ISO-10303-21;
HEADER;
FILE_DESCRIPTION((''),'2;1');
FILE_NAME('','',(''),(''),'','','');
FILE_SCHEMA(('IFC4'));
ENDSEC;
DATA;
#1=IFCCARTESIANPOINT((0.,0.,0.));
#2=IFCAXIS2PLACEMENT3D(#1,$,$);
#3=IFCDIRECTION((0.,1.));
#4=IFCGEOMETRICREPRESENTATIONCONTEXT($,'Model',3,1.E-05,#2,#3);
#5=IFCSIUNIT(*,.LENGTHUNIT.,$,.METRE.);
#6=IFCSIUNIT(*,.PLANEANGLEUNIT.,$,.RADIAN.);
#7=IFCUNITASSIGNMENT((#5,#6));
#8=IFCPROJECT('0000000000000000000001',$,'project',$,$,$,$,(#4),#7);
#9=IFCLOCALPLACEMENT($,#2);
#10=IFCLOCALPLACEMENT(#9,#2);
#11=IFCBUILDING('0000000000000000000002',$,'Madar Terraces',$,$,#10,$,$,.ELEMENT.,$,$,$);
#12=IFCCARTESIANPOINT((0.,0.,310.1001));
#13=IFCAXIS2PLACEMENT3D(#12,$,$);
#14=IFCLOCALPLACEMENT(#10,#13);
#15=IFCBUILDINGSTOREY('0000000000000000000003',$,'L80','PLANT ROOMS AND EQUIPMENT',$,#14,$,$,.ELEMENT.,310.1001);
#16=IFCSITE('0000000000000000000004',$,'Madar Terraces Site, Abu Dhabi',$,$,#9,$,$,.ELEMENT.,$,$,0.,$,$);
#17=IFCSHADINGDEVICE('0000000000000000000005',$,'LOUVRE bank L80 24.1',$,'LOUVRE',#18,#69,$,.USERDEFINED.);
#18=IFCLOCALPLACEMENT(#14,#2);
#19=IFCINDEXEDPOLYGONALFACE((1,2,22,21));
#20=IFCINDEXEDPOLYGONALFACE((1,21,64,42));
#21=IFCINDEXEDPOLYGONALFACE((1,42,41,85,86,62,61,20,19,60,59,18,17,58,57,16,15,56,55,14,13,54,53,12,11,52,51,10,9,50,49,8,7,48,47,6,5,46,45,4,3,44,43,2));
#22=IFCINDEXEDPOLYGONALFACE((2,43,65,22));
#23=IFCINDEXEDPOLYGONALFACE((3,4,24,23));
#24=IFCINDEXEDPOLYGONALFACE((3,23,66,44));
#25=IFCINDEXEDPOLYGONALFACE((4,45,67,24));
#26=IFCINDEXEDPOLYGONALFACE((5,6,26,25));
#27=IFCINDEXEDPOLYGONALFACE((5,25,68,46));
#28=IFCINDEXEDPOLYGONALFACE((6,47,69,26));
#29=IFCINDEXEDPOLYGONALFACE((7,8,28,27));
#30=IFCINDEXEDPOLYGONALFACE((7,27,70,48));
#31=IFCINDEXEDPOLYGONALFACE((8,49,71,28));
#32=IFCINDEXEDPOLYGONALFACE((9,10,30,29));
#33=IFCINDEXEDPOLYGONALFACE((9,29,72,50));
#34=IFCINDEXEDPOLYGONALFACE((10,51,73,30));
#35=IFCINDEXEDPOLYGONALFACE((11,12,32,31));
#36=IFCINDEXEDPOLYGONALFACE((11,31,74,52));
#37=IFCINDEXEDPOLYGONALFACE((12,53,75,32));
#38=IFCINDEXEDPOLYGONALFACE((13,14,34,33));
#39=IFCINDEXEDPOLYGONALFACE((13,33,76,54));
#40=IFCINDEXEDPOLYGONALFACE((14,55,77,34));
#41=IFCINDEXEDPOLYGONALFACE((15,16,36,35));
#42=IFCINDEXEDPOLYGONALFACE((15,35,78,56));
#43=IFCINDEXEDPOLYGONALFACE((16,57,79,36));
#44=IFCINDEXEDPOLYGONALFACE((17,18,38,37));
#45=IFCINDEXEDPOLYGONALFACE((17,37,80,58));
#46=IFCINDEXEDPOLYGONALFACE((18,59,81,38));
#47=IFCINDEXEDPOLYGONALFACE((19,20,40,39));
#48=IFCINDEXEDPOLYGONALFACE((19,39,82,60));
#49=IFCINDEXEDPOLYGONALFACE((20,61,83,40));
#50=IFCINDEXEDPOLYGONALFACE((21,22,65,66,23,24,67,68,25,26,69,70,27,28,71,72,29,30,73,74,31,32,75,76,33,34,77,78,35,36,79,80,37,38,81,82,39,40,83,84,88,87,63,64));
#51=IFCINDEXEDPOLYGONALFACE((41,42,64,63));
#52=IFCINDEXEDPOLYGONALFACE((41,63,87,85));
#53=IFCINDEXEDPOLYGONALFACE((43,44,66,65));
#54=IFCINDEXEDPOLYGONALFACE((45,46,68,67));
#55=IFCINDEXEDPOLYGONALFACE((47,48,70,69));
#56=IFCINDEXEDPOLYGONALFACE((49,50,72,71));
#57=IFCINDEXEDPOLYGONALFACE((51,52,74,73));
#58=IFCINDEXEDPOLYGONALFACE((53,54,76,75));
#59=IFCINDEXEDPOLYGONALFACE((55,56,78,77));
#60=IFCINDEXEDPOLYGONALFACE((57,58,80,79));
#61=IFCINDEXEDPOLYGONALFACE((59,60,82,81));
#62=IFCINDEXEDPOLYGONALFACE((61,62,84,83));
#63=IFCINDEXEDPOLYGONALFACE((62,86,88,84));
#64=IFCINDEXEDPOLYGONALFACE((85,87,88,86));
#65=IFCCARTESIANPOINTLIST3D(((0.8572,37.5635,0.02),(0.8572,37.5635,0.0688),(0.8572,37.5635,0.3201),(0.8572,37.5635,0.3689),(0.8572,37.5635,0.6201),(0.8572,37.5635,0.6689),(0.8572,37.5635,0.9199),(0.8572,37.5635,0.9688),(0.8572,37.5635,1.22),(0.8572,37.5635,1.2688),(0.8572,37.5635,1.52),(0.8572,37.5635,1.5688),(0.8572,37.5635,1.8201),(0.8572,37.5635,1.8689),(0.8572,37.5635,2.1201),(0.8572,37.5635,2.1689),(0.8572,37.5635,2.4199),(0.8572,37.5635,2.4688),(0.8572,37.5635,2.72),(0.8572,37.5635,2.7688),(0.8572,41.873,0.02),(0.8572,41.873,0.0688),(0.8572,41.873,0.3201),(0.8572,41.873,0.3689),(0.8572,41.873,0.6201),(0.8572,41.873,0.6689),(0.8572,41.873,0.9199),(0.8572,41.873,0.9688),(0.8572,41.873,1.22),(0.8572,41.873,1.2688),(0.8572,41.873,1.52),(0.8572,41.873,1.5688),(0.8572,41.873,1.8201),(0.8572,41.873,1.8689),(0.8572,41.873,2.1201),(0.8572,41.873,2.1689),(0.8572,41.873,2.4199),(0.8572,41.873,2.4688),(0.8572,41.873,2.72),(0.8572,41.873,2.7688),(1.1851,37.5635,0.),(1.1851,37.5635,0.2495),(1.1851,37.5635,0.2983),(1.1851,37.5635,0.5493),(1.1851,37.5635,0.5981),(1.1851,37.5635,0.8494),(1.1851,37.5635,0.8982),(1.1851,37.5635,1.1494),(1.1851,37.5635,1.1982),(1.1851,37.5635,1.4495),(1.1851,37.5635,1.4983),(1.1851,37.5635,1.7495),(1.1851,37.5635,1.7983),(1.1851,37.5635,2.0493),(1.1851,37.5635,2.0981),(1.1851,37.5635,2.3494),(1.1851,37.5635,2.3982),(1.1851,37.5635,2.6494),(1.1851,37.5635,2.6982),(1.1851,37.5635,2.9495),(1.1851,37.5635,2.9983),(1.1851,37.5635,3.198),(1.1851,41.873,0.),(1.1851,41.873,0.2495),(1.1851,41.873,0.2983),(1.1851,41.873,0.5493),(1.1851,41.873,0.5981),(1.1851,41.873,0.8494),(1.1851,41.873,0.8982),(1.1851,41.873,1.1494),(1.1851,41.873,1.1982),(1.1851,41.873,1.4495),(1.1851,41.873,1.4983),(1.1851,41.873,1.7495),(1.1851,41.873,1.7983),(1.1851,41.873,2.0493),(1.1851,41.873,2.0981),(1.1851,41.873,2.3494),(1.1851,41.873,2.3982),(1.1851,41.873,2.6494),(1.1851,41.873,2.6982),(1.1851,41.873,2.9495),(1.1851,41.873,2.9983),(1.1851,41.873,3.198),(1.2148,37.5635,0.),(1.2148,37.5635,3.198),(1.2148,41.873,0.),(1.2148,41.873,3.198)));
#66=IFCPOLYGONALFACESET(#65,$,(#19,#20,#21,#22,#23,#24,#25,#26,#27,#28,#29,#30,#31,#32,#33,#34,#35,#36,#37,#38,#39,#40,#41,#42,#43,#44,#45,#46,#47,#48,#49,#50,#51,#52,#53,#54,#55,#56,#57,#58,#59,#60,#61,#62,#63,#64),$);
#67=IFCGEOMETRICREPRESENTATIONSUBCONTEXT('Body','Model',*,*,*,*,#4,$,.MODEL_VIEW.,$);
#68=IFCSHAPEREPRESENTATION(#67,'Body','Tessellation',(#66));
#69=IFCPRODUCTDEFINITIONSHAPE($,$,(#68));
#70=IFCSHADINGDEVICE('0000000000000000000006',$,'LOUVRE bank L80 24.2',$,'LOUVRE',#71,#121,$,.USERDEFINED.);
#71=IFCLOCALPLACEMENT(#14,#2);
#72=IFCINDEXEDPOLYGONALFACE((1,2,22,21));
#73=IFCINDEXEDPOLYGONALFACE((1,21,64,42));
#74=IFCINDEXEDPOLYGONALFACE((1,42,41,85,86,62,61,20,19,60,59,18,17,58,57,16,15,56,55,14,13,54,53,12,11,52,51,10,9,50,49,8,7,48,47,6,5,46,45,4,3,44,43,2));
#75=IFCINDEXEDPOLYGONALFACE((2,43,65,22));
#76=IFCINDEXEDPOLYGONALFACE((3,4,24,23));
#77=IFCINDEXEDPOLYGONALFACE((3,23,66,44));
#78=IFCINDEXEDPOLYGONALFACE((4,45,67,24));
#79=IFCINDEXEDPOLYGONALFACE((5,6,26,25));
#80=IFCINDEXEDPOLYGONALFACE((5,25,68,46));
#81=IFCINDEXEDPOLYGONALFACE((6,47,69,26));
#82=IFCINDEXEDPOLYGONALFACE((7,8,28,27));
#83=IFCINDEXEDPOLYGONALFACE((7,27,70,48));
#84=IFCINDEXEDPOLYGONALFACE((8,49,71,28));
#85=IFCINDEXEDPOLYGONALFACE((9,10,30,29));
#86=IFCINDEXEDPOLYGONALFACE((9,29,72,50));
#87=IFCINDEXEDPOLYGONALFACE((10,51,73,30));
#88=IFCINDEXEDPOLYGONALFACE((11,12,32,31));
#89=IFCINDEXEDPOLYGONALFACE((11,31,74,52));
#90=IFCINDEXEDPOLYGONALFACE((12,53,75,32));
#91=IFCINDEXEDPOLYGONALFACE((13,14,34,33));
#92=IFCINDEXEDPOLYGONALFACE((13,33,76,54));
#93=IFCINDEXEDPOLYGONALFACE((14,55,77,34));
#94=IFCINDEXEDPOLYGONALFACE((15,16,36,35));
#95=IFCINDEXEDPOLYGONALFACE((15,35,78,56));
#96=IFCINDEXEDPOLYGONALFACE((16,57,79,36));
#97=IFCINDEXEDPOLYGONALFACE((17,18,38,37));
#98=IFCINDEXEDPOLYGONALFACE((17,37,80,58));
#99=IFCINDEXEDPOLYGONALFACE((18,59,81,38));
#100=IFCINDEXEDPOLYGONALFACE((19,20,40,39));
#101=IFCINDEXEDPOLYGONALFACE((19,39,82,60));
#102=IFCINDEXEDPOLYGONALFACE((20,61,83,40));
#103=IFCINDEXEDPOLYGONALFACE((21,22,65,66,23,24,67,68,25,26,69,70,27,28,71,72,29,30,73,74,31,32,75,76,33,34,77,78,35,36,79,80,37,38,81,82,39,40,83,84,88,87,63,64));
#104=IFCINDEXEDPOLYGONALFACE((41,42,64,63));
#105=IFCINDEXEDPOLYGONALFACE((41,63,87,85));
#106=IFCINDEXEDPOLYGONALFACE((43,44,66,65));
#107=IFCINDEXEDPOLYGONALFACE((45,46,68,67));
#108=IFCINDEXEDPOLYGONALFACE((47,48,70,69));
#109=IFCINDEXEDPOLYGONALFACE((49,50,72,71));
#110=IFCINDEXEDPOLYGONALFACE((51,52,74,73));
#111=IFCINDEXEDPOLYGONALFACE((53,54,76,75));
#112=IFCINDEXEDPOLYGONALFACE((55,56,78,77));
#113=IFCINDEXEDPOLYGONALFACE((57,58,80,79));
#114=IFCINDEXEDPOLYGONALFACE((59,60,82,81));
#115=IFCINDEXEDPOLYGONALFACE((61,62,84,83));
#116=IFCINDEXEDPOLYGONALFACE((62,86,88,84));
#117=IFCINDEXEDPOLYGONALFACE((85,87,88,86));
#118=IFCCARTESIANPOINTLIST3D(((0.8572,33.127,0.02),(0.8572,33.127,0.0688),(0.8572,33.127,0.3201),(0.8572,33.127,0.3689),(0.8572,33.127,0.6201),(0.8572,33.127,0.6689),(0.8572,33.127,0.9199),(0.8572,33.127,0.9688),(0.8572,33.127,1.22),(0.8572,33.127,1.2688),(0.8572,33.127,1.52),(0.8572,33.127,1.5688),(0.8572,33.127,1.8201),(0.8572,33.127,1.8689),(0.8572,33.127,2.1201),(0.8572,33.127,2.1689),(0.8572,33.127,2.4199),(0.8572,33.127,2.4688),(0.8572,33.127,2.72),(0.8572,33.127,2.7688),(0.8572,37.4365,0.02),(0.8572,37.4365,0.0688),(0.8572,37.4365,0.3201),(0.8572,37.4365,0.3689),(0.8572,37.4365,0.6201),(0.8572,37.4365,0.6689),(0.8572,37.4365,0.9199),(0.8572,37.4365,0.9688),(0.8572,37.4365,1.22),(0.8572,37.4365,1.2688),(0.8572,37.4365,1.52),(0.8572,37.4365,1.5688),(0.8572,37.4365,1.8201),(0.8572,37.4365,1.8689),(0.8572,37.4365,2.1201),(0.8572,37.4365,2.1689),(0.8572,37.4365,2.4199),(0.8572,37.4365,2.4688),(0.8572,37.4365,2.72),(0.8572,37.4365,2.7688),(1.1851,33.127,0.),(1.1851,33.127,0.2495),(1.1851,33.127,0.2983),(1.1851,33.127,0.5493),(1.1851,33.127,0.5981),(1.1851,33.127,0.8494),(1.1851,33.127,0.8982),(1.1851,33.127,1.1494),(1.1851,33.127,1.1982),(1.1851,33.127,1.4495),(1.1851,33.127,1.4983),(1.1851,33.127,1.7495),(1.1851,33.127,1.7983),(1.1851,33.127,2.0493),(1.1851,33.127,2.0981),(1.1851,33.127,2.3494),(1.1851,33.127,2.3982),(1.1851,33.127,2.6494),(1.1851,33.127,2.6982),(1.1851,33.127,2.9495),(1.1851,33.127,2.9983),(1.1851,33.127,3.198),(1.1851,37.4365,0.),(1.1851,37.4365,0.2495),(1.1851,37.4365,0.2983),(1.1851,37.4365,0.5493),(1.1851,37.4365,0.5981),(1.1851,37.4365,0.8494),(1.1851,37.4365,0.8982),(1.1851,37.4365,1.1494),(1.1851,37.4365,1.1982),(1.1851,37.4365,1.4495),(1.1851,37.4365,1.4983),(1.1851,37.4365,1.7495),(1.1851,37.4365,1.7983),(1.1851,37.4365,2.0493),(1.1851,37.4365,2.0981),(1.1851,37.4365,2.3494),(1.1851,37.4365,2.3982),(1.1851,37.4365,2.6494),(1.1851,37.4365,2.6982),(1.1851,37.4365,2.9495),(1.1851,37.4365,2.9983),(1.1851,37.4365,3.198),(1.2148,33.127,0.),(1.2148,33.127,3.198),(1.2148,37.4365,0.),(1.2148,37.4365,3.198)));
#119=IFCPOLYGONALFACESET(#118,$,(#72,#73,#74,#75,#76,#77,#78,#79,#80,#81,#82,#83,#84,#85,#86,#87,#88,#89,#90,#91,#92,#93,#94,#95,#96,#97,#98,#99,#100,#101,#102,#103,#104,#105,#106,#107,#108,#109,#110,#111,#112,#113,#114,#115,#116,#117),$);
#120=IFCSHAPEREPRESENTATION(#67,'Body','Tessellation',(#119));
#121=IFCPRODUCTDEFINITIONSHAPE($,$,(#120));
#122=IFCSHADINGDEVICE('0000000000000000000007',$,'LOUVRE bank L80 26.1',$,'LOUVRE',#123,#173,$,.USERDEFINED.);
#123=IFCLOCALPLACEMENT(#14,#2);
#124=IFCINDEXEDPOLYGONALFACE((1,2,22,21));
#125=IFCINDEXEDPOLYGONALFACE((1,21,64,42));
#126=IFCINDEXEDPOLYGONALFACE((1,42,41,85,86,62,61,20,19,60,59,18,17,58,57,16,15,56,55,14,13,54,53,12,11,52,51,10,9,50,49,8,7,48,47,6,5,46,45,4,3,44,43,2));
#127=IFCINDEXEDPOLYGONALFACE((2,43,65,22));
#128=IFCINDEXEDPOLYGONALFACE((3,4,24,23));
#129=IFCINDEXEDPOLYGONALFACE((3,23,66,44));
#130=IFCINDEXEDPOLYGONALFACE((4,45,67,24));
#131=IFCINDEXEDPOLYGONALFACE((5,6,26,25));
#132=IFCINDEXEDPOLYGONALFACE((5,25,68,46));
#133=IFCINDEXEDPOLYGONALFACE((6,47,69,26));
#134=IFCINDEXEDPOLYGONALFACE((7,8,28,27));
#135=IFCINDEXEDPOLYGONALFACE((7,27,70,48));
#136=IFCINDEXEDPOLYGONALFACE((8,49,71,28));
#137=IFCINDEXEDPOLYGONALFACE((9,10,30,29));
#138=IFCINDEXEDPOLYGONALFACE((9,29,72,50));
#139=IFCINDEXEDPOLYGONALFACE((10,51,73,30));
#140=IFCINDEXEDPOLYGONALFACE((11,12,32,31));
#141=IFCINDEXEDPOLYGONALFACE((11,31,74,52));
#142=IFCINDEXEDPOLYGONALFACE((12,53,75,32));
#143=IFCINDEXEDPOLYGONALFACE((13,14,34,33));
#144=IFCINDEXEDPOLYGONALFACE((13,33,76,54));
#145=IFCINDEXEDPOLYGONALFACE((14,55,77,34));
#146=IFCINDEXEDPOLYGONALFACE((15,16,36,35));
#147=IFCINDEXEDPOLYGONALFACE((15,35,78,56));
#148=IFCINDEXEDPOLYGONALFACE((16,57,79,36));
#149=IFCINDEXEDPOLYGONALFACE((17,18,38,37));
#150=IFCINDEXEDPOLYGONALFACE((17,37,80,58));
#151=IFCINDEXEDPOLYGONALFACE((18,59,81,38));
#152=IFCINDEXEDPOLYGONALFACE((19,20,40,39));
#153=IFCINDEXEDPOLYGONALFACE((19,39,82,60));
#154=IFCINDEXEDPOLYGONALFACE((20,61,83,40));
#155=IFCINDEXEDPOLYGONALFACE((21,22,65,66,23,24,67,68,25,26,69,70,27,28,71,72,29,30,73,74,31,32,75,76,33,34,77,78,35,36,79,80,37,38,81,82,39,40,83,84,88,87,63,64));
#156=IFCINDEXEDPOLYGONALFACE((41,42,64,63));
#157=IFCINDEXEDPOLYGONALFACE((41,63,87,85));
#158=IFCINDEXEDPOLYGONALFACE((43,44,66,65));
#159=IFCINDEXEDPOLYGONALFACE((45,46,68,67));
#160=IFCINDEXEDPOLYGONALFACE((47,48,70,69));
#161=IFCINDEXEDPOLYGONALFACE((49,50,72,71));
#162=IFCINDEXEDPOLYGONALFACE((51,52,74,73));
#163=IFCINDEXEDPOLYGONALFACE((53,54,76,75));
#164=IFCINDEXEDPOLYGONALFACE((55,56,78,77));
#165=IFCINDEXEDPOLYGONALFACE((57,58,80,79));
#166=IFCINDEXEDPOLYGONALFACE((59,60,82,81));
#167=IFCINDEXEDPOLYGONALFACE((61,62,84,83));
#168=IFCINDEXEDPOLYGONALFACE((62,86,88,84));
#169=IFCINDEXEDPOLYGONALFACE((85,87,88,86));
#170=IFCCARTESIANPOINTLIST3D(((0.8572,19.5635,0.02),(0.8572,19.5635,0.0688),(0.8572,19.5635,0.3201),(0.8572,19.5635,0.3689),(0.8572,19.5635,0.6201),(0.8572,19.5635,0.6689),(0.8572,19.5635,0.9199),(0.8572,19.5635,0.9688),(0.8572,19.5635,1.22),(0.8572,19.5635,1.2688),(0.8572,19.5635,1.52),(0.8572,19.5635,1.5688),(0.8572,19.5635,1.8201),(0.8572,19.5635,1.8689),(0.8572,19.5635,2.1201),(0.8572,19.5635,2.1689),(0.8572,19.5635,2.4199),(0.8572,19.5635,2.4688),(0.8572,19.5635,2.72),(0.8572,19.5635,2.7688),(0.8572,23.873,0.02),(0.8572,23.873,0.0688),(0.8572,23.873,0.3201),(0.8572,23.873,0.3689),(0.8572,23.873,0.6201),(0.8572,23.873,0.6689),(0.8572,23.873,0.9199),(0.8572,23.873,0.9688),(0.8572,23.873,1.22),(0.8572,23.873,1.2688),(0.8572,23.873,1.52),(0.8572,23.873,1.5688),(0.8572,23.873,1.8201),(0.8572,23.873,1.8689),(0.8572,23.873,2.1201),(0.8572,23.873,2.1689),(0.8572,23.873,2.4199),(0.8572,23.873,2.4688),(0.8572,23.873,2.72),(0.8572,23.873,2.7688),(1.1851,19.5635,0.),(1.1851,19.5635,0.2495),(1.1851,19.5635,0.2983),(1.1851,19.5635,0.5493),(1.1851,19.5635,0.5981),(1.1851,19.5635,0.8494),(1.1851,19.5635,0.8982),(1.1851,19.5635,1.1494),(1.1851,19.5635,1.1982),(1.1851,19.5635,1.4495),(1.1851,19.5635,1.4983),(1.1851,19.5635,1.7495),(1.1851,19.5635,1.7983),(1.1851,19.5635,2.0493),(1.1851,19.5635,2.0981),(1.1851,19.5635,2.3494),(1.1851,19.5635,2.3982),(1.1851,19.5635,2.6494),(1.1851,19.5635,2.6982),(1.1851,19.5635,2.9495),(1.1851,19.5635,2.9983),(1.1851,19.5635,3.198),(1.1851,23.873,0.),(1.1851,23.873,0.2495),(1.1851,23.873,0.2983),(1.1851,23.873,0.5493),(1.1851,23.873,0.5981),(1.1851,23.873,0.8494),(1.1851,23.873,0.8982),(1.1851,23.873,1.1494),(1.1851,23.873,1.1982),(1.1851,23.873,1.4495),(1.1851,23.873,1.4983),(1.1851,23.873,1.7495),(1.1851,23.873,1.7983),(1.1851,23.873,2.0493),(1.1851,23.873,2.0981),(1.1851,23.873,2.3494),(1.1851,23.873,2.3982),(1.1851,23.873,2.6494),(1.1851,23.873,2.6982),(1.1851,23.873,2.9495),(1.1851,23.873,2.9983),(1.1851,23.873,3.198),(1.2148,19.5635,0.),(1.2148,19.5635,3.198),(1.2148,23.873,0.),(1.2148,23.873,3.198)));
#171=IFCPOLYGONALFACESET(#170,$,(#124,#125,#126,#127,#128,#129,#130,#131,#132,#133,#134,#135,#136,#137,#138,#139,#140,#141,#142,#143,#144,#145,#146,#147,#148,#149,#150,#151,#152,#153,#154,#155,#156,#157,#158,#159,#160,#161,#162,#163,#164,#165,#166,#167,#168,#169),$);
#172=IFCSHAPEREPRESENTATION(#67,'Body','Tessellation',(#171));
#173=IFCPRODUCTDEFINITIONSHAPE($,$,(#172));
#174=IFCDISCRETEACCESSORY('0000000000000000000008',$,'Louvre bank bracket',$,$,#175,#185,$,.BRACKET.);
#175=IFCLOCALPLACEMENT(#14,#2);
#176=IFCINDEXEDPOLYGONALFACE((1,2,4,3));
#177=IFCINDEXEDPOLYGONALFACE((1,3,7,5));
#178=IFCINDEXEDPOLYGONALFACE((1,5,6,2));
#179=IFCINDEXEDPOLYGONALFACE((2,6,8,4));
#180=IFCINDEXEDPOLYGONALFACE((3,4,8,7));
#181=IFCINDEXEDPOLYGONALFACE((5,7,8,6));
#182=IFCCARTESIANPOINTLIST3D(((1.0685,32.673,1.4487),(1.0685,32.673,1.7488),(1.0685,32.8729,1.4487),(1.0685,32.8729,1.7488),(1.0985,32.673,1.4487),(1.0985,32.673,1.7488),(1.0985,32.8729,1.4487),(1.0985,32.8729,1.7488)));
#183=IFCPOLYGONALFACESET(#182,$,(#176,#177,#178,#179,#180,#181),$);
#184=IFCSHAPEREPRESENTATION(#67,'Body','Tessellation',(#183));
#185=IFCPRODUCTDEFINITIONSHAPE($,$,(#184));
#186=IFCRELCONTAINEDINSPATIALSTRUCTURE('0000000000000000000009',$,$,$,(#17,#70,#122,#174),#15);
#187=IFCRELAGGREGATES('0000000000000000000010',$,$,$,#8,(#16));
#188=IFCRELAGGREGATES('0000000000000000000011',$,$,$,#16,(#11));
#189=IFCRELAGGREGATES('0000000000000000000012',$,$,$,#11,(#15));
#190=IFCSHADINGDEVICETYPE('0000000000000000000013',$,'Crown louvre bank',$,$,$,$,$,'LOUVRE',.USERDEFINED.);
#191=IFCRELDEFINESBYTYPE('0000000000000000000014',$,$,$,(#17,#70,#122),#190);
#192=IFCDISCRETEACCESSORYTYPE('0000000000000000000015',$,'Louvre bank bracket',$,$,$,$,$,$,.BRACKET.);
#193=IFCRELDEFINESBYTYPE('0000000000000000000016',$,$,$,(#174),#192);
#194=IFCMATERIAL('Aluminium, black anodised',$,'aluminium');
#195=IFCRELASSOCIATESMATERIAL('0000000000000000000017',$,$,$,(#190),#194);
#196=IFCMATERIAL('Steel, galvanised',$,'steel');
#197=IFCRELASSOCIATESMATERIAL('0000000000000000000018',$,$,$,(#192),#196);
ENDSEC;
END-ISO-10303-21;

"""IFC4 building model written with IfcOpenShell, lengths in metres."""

from ifc_helpers import new_model, si_unit, direction, frame, origin, origin_2d, place, context, subcontext, project, spatial, polyline, rectangle, outline, extrude, material, type_object, element, save


model = new_model("IFC4")

# Units and contexts
model_context = context("Model", 3, precision=1e-05, world=origin(), true_north=direction((0.0, 1.0)))
body_context = subcontext(model_context, "Body", "Model", "MODEL_VIEW")
ifc_project = project(units=[si_unit("LENGTHUNIT", "METRE"), si_unit("PLANEANGLEUNIT", "RADIAN")], contexts=[model_context])

# Site, building, storey
site_placement = place(None, origin())
site = spatial("IfcSite", under=ifc_project, at=site_placement, Name="Madar Terraces Site, Abu Dhabi", CompositionType="ELEMENT", RefElevation=0.0)
building_placement = place(site_placement, origin())
building = spatial("IfcBuilding", under=site, at=building_placement, Name="Madar Terraces", CompositionType="ELEMENT")
storey_placement = place(building_placement, frame((0.0, 0.0, 310.1001)))
storey = spatial("IfcBuildingStorey", under=building, at=storey_placement, Name="L80", Description="PLANT ROOMS AND EQUIPMENT", CompositionType="ELEMENT", Elevation=310.1001)

# Shading devices
ifc_material_1 = material(Name="Aluminium, black anodised", Category="aluminium")
shading_device_type = type_object("IfcShadingDeviceType", Name="Crown louvre bank", ElementType="LOUVRE", PredefinedType="USERDEFINED", material=ifc_material_1)
for number, where, z_axis, x_axis, name in (
    (1, (1.2, 41.873, 0.0), (0.0, -1.0, 0.0), (1.0, 0.0, 0.0), "LOUVRE bank L80 24.1"),
    (2, (1.2, 37.4365, 0.0), (0.0, -1.0, 0.0), (1.0, 0.0, 0.0), "LOUVRE bank L80 24.2"),
):
    element("IfcShadingDevice", number, at=place(storey_placement, frame(where, z_axis=z_axis, x_axis=x_axis)), inside=storey, type_object=shading_device_type, Name=name, ObjectType="LOUVRE", PredefinedType="USERDEFINED", context=body_context, shape_type="SweptSolid", body=[
        extrude(outline(polyline([(0.0149, 0.0), (-0.0149, 0.0), (-0.0149, 0.2495), (-0.3428, 0.02), (-0.3428, 0.0688), (-0.0149, 0.2983), (-0.0149, 0.5493), (-0.3428, 0.3201), (-0.3428, 0.3689), (-0.0149, 0.5981), (-0.0149, 0.8494), (-0.3428, 0.6201), (-0.3428, 0.6689), (-0.0149, 0.8982), (-0.0149, 1.1494), (-0.3428, 0.9199), (-0.3428, 0.9688), (-0.0149, 1.1982), (-0.0149, 1.4495), (-0.3428, 1.22), (-0.3428, 1.2688), (-0.0149, 1.4983), (-0.0149, 1.7495), (-0.3428, 1.52), (-0.3428, 1.5688), (-0.0149, 1.7983), (-0.0149, 2.0493), (-0.3428, 1.8201), (-0.3428, 1.8689), (-0.0149, 2.0981), (-0.0149, 2.3494), (-0.3428, 2.1201), (-0.3428, 2.1689), (-0.0149, 2.3982), (-0.0149, 2.6494), (-0.3428, 2.4199), (-0.3428, 2.4688), (-0.0149, 2.6982), (-0.0149, 2.9495), (-0.3428, 2.72), (-0.3428, 2.7688), (-0.0149, 2.9983), (-0.0149, 3.198), (0.0149, 3.198), (0.0149, 0.0)])), origin(), (0.0, 0.0, 1.0), 4.3096),
    ])
shading_device_1_placement = place(storey_placement, frame((1.2, 23.873, 0.0), z_axis=(0.0, -1.0, 0.0), x_axis=(1.0, 0.0, 0.0)))
element("IfcShadingDevice", 3, at=shading_device_1_placement, inside=storey, type_object=shading_device_type, Name="LOUVRE bank L80 26.1", ObjectType="LOUVRE", PredefinedType="USERDEFINED", context=body_context, shape_type="SweptSolid", body=[
    extrude(outline(polyline([(0.0149, 0.0), (-0.0149, 0.0), (-0.0149, 0.2495), (-0.3428, 0.02), (-0.3428, 0.0688), (-0.0149, 0.2983), (-0.0149, 0.5493), (-0.3428, 0.3201), (-0.3428, 0.3689), (-0.0149, 0.5981), (-0.0149, 0.8494), (-0.3428, 0.6201), (-0.3428, 0.6689), (-0.0149, 0.8982), (-0.0149, 1.1494), (-0.3428, 0.9199), (-0.3428, 0.9688), (-0.0149, 1.1982), (-0.0149, 1.4495), (-0.3428, 1.22), (-0.3428, 1.2688), (-0.0149, 1.4983), (-0.0149, 1.7495), (-0.3428, 1.52), (-0.3428, 1.5688), (-0.0149, 1.7983), (-0.0149, 2.0493), (-0.3428, 1.8201), (-0.3428, 1.8689), (-0.0149, 2.0981), (-0.0149, 2.3494), (-0.3428, 2.1201), (-0.3428, 2.1689), (-0.0149, 2.3982), (-0.0149, 2.6494), (-0.3428, 2.4199), (-0.3428, 2.4688), (-0.0149, 2.6982), (-0.0149, 2.9495), (-0.3428, 2.72), (-0.3428, 2.7688), (-0.0149, 2.9983), (-0.0149, 3.198), (0.0149, 3.198), (0.0149, 0.0)])), origin(), (0.0, 0.0, 1.0), 4.3096),
])

# Discrete accessory
ifc_material_2 = material(Name="Steel, galvanised", Category="steel")
discrete_accessory_type = type_object("IfcDiscreteAccessoryType", Name="Louvre bank bracket", PredefinedType="BRACKET", material=ifc_material_2)
for number, where, z_axis, x_axis, name in (
    (4, (1.0835, 32.7729, 1.4487), (0.0, 0.0, 1.0), (0.0, -1.0, 0.0), "Louvre bank bracket"),
):
    element("IfcDiscreteAccessory", number, at=place(storey_placement, frame(where, z_axis=z_axis, x_axis=x_axis)), inside=storey, type_object=discrete_accessory_type, Name=name, PredefinedType="BRACKET", context=body_context, shape_type="SweptSolid", body=[
        extrude(rectangle(XDim=0.2, YDim=0.03, at=origin_2d()), origin(), (0.0, 0.0, 1.0), 0.3),
    ])

save(model, "model.ifc")
